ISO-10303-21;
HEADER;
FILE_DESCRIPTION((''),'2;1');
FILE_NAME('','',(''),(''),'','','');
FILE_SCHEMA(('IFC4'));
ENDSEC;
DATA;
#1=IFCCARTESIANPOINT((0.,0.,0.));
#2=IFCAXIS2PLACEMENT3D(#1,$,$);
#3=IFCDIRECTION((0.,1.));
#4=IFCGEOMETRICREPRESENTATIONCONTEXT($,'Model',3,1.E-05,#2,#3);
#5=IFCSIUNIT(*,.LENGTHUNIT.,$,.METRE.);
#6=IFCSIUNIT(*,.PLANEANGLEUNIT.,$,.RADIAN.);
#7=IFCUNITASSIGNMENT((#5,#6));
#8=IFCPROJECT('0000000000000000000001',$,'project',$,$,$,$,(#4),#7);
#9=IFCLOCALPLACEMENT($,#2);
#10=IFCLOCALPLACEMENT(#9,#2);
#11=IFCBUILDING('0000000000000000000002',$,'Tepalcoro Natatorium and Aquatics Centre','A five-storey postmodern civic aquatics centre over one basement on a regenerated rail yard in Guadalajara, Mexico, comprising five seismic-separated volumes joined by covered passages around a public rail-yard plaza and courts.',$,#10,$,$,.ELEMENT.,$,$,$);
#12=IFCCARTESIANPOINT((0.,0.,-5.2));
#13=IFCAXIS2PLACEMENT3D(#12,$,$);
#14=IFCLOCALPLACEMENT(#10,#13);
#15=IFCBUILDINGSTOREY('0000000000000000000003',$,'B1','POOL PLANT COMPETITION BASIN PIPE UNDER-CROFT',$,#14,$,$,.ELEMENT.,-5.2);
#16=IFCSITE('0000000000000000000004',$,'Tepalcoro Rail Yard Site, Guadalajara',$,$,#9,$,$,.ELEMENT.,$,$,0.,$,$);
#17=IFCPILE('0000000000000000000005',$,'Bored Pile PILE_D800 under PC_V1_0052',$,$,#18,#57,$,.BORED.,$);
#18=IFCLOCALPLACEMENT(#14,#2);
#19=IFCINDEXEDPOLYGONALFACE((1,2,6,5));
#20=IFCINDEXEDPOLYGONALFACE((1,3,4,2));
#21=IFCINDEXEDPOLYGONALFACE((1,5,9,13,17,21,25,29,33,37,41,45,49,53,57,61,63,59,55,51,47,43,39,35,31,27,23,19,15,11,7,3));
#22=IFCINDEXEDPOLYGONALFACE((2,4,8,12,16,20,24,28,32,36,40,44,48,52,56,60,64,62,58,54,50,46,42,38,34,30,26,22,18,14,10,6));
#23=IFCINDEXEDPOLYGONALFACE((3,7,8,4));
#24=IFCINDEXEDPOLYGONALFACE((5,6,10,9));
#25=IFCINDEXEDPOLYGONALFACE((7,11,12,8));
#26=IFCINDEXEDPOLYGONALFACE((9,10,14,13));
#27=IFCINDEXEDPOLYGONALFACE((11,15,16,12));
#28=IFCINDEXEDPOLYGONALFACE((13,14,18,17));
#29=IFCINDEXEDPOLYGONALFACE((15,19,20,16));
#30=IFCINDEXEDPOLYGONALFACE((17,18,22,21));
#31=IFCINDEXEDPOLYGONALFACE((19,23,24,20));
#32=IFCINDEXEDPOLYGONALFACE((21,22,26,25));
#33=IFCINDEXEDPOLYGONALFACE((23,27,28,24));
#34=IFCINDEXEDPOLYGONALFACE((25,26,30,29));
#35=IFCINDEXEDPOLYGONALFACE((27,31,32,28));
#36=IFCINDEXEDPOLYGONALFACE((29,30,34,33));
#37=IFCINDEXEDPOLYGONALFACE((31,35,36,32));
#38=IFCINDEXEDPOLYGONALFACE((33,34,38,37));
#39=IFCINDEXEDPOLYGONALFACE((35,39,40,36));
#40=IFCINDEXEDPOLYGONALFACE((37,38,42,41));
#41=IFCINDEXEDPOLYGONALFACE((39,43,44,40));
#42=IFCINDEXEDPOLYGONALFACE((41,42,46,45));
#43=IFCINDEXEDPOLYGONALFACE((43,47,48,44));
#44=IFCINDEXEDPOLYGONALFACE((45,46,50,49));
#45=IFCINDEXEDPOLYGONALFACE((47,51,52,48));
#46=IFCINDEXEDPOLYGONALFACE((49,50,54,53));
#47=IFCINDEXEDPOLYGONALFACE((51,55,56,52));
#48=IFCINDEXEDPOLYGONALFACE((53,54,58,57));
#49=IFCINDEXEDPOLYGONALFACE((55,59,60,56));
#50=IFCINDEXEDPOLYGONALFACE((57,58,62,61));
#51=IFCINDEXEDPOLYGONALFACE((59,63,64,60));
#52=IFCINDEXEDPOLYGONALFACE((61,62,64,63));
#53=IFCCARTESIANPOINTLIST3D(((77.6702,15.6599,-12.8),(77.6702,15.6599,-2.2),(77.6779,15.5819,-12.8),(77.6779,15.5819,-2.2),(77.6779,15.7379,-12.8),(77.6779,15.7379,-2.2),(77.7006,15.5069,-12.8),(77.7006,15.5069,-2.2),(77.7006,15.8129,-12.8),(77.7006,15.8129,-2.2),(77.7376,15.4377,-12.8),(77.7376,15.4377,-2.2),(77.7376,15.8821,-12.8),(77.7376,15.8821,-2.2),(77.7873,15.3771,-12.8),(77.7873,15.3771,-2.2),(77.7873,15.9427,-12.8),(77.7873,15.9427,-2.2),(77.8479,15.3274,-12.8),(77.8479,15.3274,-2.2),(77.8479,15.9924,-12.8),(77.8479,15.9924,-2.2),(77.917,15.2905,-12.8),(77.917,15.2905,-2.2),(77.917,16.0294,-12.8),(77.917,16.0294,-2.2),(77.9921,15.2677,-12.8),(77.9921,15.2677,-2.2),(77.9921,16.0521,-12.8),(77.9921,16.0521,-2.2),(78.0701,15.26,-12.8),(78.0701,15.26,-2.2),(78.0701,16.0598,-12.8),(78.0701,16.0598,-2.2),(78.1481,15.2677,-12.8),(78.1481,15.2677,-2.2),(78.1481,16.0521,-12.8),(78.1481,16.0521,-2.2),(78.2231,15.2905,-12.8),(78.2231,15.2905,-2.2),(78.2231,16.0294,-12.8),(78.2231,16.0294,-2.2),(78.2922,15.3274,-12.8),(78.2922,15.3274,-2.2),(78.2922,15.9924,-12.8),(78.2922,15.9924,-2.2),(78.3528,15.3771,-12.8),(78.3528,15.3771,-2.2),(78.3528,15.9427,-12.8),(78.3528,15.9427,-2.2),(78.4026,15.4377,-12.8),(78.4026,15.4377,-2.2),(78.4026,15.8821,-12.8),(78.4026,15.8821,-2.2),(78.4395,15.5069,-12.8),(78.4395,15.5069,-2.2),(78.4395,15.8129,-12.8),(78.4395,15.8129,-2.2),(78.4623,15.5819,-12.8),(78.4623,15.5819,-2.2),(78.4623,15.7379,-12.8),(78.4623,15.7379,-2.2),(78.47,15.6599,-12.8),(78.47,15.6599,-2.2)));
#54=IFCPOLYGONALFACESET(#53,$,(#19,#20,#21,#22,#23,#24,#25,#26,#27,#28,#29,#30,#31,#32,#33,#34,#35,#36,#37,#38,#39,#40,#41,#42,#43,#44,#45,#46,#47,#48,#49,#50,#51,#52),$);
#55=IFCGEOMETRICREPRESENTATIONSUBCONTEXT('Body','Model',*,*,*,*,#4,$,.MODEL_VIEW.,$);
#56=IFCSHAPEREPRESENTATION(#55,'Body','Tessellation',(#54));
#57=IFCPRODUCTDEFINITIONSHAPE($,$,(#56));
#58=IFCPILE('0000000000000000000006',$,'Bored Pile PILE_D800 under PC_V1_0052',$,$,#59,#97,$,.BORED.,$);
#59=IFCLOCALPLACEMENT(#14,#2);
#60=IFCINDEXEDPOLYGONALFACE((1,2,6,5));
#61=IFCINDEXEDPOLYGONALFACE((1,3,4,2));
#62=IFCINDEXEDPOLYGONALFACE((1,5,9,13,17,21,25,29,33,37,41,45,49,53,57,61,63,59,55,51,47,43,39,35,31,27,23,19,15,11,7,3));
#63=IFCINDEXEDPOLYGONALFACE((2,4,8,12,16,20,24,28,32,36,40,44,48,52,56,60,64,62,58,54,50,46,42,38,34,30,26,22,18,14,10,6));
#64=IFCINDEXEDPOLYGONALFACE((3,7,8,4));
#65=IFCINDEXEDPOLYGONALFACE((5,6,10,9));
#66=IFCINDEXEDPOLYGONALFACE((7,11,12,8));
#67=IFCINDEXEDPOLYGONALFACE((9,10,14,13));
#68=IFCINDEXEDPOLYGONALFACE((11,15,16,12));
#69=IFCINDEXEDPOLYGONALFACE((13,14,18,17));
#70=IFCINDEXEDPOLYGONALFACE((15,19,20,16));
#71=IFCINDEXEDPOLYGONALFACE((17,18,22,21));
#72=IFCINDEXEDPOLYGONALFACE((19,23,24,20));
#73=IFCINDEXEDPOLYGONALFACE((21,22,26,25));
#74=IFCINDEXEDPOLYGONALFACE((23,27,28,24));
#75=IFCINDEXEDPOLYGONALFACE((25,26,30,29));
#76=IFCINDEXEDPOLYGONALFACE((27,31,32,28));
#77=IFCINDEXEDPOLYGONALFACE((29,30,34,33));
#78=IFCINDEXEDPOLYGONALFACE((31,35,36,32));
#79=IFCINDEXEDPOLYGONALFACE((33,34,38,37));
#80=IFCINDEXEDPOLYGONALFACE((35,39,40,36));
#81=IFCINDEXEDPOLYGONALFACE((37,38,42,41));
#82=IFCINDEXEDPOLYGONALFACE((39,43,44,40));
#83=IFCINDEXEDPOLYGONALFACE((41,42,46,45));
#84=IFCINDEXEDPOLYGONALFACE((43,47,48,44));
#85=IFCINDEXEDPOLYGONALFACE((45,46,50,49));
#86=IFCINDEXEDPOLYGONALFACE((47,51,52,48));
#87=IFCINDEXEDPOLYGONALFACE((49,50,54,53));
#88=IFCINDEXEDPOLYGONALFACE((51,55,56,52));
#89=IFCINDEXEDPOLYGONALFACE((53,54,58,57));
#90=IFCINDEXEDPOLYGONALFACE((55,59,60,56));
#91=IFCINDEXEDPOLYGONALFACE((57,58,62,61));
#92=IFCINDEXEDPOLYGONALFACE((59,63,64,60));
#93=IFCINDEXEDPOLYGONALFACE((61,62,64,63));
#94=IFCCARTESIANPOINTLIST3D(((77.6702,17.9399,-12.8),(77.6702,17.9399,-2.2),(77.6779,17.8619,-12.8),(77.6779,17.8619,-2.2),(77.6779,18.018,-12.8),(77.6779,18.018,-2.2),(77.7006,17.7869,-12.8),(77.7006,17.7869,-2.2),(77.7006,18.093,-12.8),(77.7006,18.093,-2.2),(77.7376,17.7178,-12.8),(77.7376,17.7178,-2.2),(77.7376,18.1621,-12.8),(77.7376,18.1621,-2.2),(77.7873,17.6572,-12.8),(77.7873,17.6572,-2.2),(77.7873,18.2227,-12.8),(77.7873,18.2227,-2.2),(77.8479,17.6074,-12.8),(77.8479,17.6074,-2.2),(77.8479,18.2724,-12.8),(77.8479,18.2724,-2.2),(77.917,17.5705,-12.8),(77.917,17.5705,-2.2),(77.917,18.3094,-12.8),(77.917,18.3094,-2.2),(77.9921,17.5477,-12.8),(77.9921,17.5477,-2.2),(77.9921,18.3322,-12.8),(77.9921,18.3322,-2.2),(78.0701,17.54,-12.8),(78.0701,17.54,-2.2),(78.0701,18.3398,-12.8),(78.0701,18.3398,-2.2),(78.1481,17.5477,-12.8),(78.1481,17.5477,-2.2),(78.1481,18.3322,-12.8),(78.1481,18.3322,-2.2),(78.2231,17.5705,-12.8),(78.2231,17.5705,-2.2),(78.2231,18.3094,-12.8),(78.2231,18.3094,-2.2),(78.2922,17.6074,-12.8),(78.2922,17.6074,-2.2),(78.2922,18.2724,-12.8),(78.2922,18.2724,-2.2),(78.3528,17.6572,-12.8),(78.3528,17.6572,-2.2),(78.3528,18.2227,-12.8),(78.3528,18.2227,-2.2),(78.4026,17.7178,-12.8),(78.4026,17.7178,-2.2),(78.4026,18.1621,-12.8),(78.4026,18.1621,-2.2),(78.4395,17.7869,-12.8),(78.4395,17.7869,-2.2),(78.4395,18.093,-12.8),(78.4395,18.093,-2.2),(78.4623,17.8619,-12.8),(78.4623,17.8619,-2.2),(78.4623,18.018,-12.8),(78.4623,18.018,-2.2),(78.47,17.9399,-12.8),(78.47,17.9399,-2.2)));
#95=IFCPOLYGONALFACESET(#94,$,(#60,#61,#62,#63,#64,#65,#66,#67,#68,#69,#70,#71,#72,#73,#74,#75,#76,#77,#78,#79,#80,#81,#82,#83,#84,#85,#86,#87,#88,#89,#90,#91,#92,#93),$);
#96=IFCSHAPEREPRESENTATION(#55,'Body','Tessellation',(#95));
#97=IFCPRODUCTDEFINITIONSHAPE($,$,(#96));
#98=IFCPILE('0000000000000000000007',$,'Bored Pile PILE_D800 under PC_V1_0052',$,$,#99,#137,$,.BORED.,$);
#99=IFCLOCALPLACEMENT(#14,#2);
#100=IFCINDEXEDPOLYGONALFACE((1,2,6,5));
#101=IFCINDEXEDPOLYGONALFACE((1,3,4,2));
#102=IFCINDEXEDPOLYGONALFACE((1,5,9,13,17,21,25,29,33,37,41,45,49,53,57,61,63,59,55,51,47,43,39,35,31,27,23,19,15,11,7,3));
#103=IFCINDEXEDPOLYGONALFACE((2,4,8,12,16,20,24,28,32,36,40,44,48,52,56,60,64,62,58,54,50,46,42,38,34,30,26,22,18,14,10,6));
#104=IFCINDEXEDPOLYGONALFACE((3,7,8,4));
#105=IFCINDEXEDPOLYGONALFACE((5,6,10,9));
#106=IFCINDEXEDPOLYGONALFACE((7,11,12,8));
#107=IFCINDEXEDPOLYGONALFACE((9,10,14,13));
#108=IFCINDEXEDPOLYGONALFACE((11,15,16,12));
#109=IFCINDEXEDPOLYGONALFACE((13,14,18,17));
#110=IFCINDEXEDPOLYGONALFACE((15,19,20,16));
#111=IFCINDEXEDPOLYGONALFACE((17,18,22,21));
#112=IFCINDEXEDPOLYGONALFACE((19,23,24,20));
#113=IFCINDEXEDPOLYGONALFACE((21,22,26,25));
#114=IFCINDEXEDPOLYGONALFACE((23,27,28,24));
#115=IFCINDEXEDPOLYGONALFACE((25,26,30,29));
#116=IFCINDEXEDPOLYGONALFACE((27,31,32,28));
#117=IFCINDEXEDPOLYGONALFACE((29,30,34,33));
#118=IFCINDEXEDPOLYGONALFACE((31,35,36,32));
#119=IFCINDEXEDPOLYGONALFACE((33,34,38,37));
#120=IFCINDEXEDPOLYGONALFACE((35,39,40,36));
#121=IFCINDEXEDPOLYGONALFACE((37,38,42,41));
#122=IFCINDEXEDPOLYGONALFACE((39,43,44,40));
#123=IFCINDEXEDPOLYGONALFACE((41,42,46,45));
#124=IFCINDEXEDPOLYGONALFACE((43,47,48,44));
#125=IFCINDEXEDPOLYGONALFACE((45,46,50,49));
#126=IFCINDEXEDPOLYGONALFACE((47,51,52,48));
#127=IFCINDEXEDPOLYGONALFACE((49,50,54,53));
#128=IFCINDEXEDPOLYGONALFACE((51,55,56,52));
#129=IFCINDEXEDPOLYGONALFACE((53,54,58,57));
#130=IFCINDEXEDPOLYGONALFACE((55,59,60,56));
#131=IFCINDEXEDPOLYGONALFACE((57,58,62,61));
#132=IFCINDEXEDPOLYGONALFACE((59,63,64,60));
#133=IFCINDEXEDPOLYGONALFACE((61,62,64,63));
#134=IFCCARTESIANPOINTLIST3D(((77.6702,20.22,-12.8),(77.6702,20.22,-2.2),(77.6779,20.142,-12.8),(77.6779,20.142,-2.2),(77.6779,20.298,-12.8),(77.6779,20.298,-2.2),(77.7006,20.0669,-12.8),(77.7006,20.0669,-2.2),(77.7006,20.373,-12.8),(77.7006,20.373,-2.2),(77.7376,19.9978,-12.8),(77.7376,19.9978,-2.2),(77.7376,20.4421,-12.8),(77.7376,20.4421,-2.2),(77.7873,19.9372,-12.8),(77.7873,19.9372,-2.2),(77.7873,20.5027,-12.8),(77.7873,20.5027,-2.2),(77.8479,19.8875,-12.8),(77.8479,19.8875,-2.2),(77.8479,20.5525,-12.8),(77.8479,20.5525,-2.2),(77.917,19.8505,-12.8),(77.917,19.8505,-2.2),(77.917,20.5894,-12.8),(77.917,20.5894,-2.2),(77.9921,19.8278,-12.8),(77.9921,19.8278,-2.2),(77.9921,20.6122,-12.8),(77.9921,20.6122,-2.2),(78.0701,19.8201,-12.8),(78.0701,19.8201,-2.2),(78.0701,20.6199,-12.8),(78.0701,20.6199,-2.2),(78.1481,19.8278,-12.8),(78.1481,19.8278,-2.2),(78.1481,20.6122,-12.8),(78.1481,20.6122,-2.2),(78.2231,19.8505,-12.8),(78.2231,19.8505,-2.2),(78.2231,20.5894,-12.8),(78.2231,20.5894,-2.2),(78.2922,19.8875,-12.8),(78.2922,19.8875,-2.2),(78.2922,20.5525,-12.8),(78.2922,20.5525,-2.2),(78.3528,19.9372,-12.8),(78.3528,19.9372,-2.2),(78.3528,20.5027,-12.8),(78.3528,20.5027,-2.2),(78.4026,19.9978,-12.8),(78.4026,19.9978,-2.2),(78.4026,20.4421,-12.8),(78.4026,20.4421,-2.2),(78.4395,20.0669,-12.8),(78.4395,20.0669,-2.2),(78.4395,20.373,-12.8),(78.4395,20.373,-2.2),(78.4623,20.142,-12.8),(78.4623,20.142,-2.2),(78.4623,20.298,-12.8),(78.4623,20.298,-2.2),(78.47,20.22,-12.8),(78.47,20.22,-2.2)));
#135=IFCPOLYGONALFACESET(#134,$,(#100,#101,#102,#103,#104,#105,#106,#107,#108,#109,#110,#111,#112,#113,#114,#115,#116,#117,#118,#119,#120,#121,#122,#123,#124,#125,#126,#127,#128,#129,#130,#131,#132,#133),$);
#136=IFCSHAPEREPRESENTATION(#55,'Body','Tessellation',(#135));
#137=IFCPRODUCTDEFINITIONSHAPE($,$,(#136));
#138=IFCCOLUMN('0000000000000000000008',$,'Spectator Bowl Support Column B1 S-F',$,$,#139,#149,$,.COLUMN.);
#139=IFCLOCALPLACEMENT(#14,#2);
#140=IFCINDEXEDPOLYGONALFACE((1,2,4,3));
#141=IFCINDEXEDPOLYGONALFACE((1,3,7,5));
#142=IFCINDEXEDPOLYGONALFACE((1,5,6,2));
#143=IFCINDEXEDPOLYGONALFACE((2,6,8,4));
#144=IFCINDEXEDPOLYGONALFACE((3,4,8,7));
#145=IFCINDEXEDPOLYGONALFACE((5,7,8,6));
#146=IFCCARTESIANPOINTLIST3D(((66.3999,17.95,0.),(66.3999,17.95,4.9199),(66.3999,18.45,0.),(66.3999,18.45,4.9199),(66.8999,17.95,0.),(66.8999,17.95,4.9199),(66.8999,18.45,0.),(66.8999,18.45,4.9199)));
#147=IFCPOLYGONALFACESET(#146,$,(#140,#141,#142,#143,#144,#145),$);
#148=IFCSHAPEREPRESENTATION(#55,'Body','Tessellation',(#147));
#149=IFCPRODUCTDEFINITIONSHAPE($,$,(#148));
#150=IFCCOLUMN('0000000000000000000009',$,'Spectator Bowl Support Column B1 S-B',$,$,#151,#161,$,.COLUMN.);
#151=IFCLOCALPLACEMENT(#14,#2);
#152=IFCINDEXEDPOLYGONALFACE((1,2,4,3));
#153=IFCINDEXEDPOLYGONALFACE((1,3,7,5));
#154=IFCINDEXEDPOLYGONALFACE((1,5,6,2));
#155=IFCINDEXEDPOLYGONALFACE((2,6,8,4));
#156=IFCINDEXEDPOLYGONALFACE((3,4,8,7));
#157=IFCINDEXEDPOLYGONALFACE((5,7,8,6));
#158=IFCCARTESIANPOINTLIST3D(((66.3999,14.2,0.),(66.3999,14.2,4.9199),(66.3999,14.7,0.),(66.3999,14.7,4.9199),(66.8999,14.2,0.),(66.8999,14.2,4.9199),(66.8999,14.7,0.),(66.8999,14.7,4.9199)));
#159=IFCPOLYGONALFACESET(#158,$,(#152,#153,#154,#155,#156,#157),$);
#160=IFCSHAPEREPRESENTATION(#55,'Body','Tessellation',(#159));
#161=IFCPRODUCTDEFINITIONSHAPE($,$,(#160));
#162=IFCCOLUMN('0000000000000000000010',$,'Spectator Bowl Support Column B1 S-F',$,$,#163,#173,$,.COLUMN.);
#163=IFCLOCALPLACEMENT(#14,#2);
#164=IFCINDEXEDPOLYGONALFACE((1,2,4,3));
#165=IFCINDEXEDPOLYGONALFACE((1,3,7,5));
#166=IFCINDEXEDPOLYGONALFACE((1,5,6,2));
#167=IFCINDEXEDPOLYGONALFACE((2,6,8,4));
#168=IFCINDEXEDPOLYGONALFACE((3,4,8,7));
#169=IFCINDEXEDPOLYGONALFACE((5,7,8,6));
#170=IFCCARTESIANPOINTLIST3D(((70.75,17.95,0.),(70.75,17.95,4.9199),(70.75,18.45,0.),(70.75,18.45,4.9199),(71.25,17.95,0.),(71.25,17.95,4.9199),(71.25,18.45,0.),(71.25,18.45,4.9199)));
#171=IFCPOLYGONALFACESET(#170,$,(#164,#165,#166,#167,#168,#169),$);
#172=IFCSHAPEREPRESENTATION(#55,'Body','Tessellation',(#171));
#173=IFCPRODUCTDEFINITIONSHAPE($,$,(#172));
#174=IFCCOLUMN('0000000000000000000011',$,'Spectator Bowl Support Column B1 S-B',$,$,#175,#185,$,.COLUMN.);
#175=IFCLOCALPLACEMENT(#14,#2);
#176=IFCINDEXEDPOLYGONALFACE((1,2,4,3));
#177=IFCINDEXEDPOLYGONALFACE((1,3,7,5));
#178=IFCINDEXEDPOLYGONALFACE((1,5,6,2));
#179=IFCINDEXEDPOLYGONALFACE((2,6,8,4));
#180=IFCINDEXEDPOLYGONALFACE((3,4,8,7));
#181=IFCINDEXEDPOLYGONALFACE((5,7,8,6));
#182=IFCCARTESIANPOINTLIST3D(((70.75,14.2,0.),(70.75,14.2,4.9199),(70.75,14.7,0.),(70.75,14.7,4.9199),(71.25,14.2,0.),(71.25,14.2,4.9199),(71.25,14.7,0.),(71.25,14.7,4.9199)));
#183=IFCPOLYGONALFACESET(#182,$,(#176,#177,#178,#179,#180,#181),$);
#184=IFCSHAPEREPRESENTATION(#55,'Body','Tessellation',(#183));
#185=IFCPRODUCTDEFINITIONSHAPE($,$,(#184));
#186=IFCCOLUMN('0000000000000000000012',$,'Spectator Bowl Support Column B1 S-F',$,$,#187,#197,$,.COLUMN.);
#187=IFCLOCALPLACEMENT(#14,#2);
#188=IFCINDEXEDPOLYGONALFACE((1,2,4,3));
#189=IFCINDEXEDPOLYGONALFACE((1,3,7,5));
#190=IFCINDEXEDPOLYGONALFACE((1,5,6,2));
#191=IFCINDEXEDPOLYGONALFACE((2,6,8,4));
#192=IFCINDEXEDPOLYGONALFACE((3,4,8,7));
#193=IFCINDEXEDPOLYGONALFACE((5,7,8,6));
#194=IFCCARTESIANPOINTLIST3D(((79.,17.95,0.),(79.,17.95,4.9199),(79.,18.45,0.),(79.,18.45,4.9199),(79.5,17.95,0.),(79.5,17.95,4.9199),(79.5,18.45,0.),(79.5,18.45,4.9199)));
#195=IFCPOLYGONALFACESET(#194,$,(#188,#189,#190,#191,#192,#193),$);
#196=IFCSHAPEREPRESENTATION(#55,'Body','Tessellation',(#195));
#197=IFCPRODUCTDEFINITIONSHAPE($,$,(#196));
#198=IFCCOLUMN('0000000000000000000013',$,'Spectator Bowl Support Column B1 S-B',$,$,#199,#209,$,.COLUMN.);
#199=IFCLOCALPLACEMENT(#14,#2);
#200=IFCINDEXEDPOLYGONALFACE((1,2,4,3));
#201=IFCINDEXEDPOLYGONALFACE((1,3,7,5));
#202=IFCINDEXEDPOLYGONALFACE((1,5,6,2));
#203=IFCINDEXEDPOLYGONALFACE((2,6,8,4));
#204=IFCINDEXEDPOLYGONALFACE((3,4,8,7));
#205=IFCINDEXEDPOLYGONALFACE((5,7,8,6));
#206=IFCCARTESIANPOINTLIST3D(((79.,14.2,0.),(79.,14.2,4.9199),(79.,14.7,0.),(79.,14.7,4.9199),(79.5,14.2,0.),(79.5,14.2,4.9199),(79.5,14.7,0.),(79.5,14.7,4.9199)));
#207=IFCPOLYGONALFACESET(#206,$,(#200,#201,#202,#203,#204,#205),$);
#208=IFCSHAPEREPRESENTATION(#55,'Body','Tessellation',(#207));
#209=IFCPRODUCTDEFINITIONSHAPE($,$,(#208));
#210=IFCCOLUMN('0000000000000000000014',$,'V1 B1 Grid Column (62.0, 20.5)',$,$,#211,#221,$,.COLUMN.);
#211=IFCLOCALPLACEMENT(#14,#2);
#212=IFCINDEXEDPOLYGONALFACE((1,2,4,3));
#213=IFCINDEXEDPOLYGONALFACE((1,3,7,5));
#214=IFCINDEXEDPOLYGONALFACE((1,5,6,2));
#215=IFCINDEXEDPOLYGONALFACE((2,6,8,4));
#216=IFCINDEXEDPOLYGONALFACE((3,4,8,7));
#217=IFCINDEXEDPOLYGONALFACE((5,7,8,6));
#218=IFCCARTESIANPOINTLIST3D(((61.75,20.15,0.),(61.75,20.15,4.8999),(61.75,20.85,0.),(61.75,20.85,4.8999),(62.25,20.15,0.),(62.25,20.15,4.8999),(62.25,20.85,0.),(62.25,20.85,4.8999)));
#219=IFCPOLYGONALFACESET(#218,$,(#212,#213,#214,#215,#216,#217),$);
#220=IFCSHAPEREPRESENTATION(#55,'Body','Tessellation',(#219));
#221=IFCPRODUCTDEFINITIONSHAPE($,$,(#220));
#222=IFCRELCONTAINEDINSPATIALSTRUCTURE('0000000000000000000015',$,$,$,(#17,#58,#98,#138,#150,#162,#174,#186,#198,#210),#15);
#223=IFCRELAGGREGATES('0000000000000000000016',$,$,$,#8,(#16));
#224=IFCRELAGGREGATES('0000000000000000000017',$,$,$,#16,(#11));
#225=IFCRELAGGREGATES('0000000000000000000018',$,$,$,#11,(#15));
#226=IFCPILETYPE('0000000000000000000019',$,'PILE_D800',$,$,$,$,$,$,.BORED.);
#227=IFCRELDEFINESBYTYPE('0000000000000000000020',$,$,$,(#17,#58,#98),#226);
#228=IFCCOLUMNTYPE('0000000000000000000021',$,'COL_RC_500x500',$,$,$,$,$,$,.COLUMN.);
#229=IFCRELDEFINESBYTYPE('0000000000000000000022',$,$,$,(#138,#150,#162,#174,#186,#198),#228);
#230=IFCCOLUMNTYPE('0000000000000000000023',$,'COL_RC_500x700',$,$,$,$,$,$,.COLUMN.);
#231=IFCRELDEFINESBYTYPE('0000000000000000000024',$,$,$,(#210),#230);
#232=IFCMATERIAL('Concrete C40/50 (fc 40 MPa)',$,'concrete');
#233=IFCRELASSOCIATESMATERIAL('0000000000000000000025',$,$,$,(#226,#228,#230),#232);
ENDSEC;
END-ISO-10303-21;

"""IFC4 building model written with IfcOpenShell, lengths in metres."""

from ifc_helpers import new_model, si_unit, direction, frame, origin, origin_2d, place, context, subcontext, project, spatial, rectangle, circle, extrude, material, material_profile, profile_set, type_object, element, save


model = new_model("IFC4")

# Units and contexts
model_context = context("Model", 3, precision=1e-05, world=origin(), true_north=direction((0.0, 1.0)))
body_context = subcontext(model_context, "Body", "Model", "MODEL_VIEW")
ifc_project = project(units=[si_unit("LENGTHUNIT", "METRE"), si_unit("PLANEANGLEUNIT", "RADIAN")], contexts=[model_context])

# Site, building, storey
site_placement = place(None, origin())
site = spatial("IfcSite", under=ifc_project, at=site_placement, Name="Tepalcoro Rail Yard Site, Guadalajara", CompositionType="ELEMENT", RefElevation=0.0)
building_placement = place(site_placement, origin())
building = spatial("IfcBuilding", under=site, at=building_placement, Name="Tepalcoro Natatorium and Aquatics Centre", Description="A five-storey postmodern civic aquatics centre over one basement on a regenerated rail yard in Guadalajara, Mexico, comprising five seismic-separated volumes joined by covered passages around a public rail-yard plaza and courts.", CompositionType="ELEMENT")
storey_placement = place(building_placement, frame((0.0, 0.0, -5.2)))
storey = spatial("IfcBuildingStorey", under=building, at=storey_placement, Name="B1", Description="POOL PLANT COMPETITION BASIN PIPE UNDER-CROFT", CompositionType="ELEMENT", Elevation=-5.2)

# Piles
ifc_material_1 = material(Name="Concrete C40/50 (fc 40 MPa)", Category="concrete")
ifc_material_profile_1 = material_profile(ifc_material_1, circle(Radius=0.3999, at=origin_2d()), Name="PILE_D800")
ifc_profile_set_1 = profile_set([ifc_material_profile_1], Name="Concrete C40/50 (fc 40 MPa)")
pile_type_1 = type_object("IfcPileType", Name="PILE_D800", PredefinedType="BORED", material=ifc_profile_set_1)
for number, where, z_axis, x_axis, name in (
    (1, (78.0701, 15.6599, -2.2), (0.0, 0.0, -1.0), (1.0, 0.0, 0.0), "Bored Pile PILE_D800 under PC_V1_0052"),
    (2, (78.0701, 17.9399, -2.2), (0.0, 0.0, -1.0), (1.0, 0.0, 0.0), "Bored Pile PILE_D800 under PC_V1_0052"),
    (3, (78.0701, 20.22, -2.2), (0.0, 0.0, -1.0), (1.0, 0.0, 0.0), "Bored Pile PILE_D800 under PC_V1_0052"),
):
    element("IfcPile", number, at=place(storey_placement, frame(where, z_axis=z_axis, x_axis=x_axis)), inside=storey, type_object=pile_type_1, Name=name, PredefinedType="BORED", context=body_context, shape_type="SweptSolid", body=[
        extrude(circle(Radius=0.3999, at=origin_2d()), origin(), (0.0, 0.0, 1.0), 10.6001),
    ])

# Columns
ifc_material_profile_2 = material_profile(ifc_material_1, rectangle(XDim=0.5, YDim=0.5, at=origin_2d()), Name="RC500x500")
ifc_profile_set_2 = profile_set([ifc_material_profile_2], Name="Concrete C40/50 (fc 40 MPa)")
column_type_1 = type_object("IfcColumnType", Name="COL_RC_500x500", PredefinedType="COLUMN", material=ifc_profile_set_2)
for number, where, z_axis, x_axis, name in (
    (4, (66.6499, 18.2, 0.0), (0.0, 0.0, 1.0), (1.0, 0.0, 0.0), "Spectator Bowl Support Column B1 S-F"),
    (5, (66.6499, 14.45, 0.0), (0.0, 0.0, 1.0), (1.0, 0.0, 0.0), "Spectator Bowl Support Column B1 S-B"),
    (6, (71.0, 18.2, 0.0), (0.0, 0.0, 1.0), (1.0, 0.0, 0.0), "Spectator Bowl Support Column B1 S-F"),
    (7, (71.0, 14.45, 0.0), (0.0, 0.0, 1.0), (1.0, 0.0, 0.0), "Spectator Bowl Support Column B1 S-B"),
    (8, (79.25, 18.2, 0.0), (0.0, 0.0, 1.0), (1.0, 0.0, 0.0), "Spectator Bowl Support Column B1 S-F"),
    (9, (79.25, 14.45, 0.0), (0.0, 0.0, 1.0), (1.0, 0.0, 0.0), "Spectator Bowl Support Column B1 S-B"),
):
    element("IfcColumn", number, at=place(storey_placement, frame(where, z_axis=z_axis, x_axis=x_axis)), inside=storey, type_object=column_type_1, Name=name, PredefinedType="COLUMN", context=body_context, shape_type="SweptSolid", body=[
        extrude(rectangle(XDim=0.5, YDim=0.5, at=origin_2d()), origin(), (0.0, 0.0, 1.0), 4.9199),
    ])
ifc_material_profile_3 = material_profile(ifc_material_1, rectangle(XDim=0.5, YDim=0.7, at=origin_2d()), Name="RC500x700")
ifc_profile_set_3 = profile_set([ifc_material_profile_3], Name="Concrete C40/50 (fc 40 MPa)")
column_type_2 = type_object("IfcColumnType", Name="COL_RC_500x700", PredefinedType="COLUMN", material=ifc_profile_set_3)
column_1_placement = place(storey_placement, frame((62.0, 20.5, 0.0), z_axis=(0.0, 0.0, 1.0), x_axis=(1.0, 0.0, 0.0)))
element("IfcColumn", 10, at=column_1_placement, inside=storey, type_object=column_type_2, Name="V1 B1 Grid Column (62.0, 20.5)", PredefinedType="COLUMN", context=body_context, shape_type="SweptSolid", body=[
    extrude(rectangle(XDim=0.5, YDim=0.7, at=origin_2d()), origin(), (0.0, 0.0, 1.0), 4.8999),
])

save(model, "model.ifc")
